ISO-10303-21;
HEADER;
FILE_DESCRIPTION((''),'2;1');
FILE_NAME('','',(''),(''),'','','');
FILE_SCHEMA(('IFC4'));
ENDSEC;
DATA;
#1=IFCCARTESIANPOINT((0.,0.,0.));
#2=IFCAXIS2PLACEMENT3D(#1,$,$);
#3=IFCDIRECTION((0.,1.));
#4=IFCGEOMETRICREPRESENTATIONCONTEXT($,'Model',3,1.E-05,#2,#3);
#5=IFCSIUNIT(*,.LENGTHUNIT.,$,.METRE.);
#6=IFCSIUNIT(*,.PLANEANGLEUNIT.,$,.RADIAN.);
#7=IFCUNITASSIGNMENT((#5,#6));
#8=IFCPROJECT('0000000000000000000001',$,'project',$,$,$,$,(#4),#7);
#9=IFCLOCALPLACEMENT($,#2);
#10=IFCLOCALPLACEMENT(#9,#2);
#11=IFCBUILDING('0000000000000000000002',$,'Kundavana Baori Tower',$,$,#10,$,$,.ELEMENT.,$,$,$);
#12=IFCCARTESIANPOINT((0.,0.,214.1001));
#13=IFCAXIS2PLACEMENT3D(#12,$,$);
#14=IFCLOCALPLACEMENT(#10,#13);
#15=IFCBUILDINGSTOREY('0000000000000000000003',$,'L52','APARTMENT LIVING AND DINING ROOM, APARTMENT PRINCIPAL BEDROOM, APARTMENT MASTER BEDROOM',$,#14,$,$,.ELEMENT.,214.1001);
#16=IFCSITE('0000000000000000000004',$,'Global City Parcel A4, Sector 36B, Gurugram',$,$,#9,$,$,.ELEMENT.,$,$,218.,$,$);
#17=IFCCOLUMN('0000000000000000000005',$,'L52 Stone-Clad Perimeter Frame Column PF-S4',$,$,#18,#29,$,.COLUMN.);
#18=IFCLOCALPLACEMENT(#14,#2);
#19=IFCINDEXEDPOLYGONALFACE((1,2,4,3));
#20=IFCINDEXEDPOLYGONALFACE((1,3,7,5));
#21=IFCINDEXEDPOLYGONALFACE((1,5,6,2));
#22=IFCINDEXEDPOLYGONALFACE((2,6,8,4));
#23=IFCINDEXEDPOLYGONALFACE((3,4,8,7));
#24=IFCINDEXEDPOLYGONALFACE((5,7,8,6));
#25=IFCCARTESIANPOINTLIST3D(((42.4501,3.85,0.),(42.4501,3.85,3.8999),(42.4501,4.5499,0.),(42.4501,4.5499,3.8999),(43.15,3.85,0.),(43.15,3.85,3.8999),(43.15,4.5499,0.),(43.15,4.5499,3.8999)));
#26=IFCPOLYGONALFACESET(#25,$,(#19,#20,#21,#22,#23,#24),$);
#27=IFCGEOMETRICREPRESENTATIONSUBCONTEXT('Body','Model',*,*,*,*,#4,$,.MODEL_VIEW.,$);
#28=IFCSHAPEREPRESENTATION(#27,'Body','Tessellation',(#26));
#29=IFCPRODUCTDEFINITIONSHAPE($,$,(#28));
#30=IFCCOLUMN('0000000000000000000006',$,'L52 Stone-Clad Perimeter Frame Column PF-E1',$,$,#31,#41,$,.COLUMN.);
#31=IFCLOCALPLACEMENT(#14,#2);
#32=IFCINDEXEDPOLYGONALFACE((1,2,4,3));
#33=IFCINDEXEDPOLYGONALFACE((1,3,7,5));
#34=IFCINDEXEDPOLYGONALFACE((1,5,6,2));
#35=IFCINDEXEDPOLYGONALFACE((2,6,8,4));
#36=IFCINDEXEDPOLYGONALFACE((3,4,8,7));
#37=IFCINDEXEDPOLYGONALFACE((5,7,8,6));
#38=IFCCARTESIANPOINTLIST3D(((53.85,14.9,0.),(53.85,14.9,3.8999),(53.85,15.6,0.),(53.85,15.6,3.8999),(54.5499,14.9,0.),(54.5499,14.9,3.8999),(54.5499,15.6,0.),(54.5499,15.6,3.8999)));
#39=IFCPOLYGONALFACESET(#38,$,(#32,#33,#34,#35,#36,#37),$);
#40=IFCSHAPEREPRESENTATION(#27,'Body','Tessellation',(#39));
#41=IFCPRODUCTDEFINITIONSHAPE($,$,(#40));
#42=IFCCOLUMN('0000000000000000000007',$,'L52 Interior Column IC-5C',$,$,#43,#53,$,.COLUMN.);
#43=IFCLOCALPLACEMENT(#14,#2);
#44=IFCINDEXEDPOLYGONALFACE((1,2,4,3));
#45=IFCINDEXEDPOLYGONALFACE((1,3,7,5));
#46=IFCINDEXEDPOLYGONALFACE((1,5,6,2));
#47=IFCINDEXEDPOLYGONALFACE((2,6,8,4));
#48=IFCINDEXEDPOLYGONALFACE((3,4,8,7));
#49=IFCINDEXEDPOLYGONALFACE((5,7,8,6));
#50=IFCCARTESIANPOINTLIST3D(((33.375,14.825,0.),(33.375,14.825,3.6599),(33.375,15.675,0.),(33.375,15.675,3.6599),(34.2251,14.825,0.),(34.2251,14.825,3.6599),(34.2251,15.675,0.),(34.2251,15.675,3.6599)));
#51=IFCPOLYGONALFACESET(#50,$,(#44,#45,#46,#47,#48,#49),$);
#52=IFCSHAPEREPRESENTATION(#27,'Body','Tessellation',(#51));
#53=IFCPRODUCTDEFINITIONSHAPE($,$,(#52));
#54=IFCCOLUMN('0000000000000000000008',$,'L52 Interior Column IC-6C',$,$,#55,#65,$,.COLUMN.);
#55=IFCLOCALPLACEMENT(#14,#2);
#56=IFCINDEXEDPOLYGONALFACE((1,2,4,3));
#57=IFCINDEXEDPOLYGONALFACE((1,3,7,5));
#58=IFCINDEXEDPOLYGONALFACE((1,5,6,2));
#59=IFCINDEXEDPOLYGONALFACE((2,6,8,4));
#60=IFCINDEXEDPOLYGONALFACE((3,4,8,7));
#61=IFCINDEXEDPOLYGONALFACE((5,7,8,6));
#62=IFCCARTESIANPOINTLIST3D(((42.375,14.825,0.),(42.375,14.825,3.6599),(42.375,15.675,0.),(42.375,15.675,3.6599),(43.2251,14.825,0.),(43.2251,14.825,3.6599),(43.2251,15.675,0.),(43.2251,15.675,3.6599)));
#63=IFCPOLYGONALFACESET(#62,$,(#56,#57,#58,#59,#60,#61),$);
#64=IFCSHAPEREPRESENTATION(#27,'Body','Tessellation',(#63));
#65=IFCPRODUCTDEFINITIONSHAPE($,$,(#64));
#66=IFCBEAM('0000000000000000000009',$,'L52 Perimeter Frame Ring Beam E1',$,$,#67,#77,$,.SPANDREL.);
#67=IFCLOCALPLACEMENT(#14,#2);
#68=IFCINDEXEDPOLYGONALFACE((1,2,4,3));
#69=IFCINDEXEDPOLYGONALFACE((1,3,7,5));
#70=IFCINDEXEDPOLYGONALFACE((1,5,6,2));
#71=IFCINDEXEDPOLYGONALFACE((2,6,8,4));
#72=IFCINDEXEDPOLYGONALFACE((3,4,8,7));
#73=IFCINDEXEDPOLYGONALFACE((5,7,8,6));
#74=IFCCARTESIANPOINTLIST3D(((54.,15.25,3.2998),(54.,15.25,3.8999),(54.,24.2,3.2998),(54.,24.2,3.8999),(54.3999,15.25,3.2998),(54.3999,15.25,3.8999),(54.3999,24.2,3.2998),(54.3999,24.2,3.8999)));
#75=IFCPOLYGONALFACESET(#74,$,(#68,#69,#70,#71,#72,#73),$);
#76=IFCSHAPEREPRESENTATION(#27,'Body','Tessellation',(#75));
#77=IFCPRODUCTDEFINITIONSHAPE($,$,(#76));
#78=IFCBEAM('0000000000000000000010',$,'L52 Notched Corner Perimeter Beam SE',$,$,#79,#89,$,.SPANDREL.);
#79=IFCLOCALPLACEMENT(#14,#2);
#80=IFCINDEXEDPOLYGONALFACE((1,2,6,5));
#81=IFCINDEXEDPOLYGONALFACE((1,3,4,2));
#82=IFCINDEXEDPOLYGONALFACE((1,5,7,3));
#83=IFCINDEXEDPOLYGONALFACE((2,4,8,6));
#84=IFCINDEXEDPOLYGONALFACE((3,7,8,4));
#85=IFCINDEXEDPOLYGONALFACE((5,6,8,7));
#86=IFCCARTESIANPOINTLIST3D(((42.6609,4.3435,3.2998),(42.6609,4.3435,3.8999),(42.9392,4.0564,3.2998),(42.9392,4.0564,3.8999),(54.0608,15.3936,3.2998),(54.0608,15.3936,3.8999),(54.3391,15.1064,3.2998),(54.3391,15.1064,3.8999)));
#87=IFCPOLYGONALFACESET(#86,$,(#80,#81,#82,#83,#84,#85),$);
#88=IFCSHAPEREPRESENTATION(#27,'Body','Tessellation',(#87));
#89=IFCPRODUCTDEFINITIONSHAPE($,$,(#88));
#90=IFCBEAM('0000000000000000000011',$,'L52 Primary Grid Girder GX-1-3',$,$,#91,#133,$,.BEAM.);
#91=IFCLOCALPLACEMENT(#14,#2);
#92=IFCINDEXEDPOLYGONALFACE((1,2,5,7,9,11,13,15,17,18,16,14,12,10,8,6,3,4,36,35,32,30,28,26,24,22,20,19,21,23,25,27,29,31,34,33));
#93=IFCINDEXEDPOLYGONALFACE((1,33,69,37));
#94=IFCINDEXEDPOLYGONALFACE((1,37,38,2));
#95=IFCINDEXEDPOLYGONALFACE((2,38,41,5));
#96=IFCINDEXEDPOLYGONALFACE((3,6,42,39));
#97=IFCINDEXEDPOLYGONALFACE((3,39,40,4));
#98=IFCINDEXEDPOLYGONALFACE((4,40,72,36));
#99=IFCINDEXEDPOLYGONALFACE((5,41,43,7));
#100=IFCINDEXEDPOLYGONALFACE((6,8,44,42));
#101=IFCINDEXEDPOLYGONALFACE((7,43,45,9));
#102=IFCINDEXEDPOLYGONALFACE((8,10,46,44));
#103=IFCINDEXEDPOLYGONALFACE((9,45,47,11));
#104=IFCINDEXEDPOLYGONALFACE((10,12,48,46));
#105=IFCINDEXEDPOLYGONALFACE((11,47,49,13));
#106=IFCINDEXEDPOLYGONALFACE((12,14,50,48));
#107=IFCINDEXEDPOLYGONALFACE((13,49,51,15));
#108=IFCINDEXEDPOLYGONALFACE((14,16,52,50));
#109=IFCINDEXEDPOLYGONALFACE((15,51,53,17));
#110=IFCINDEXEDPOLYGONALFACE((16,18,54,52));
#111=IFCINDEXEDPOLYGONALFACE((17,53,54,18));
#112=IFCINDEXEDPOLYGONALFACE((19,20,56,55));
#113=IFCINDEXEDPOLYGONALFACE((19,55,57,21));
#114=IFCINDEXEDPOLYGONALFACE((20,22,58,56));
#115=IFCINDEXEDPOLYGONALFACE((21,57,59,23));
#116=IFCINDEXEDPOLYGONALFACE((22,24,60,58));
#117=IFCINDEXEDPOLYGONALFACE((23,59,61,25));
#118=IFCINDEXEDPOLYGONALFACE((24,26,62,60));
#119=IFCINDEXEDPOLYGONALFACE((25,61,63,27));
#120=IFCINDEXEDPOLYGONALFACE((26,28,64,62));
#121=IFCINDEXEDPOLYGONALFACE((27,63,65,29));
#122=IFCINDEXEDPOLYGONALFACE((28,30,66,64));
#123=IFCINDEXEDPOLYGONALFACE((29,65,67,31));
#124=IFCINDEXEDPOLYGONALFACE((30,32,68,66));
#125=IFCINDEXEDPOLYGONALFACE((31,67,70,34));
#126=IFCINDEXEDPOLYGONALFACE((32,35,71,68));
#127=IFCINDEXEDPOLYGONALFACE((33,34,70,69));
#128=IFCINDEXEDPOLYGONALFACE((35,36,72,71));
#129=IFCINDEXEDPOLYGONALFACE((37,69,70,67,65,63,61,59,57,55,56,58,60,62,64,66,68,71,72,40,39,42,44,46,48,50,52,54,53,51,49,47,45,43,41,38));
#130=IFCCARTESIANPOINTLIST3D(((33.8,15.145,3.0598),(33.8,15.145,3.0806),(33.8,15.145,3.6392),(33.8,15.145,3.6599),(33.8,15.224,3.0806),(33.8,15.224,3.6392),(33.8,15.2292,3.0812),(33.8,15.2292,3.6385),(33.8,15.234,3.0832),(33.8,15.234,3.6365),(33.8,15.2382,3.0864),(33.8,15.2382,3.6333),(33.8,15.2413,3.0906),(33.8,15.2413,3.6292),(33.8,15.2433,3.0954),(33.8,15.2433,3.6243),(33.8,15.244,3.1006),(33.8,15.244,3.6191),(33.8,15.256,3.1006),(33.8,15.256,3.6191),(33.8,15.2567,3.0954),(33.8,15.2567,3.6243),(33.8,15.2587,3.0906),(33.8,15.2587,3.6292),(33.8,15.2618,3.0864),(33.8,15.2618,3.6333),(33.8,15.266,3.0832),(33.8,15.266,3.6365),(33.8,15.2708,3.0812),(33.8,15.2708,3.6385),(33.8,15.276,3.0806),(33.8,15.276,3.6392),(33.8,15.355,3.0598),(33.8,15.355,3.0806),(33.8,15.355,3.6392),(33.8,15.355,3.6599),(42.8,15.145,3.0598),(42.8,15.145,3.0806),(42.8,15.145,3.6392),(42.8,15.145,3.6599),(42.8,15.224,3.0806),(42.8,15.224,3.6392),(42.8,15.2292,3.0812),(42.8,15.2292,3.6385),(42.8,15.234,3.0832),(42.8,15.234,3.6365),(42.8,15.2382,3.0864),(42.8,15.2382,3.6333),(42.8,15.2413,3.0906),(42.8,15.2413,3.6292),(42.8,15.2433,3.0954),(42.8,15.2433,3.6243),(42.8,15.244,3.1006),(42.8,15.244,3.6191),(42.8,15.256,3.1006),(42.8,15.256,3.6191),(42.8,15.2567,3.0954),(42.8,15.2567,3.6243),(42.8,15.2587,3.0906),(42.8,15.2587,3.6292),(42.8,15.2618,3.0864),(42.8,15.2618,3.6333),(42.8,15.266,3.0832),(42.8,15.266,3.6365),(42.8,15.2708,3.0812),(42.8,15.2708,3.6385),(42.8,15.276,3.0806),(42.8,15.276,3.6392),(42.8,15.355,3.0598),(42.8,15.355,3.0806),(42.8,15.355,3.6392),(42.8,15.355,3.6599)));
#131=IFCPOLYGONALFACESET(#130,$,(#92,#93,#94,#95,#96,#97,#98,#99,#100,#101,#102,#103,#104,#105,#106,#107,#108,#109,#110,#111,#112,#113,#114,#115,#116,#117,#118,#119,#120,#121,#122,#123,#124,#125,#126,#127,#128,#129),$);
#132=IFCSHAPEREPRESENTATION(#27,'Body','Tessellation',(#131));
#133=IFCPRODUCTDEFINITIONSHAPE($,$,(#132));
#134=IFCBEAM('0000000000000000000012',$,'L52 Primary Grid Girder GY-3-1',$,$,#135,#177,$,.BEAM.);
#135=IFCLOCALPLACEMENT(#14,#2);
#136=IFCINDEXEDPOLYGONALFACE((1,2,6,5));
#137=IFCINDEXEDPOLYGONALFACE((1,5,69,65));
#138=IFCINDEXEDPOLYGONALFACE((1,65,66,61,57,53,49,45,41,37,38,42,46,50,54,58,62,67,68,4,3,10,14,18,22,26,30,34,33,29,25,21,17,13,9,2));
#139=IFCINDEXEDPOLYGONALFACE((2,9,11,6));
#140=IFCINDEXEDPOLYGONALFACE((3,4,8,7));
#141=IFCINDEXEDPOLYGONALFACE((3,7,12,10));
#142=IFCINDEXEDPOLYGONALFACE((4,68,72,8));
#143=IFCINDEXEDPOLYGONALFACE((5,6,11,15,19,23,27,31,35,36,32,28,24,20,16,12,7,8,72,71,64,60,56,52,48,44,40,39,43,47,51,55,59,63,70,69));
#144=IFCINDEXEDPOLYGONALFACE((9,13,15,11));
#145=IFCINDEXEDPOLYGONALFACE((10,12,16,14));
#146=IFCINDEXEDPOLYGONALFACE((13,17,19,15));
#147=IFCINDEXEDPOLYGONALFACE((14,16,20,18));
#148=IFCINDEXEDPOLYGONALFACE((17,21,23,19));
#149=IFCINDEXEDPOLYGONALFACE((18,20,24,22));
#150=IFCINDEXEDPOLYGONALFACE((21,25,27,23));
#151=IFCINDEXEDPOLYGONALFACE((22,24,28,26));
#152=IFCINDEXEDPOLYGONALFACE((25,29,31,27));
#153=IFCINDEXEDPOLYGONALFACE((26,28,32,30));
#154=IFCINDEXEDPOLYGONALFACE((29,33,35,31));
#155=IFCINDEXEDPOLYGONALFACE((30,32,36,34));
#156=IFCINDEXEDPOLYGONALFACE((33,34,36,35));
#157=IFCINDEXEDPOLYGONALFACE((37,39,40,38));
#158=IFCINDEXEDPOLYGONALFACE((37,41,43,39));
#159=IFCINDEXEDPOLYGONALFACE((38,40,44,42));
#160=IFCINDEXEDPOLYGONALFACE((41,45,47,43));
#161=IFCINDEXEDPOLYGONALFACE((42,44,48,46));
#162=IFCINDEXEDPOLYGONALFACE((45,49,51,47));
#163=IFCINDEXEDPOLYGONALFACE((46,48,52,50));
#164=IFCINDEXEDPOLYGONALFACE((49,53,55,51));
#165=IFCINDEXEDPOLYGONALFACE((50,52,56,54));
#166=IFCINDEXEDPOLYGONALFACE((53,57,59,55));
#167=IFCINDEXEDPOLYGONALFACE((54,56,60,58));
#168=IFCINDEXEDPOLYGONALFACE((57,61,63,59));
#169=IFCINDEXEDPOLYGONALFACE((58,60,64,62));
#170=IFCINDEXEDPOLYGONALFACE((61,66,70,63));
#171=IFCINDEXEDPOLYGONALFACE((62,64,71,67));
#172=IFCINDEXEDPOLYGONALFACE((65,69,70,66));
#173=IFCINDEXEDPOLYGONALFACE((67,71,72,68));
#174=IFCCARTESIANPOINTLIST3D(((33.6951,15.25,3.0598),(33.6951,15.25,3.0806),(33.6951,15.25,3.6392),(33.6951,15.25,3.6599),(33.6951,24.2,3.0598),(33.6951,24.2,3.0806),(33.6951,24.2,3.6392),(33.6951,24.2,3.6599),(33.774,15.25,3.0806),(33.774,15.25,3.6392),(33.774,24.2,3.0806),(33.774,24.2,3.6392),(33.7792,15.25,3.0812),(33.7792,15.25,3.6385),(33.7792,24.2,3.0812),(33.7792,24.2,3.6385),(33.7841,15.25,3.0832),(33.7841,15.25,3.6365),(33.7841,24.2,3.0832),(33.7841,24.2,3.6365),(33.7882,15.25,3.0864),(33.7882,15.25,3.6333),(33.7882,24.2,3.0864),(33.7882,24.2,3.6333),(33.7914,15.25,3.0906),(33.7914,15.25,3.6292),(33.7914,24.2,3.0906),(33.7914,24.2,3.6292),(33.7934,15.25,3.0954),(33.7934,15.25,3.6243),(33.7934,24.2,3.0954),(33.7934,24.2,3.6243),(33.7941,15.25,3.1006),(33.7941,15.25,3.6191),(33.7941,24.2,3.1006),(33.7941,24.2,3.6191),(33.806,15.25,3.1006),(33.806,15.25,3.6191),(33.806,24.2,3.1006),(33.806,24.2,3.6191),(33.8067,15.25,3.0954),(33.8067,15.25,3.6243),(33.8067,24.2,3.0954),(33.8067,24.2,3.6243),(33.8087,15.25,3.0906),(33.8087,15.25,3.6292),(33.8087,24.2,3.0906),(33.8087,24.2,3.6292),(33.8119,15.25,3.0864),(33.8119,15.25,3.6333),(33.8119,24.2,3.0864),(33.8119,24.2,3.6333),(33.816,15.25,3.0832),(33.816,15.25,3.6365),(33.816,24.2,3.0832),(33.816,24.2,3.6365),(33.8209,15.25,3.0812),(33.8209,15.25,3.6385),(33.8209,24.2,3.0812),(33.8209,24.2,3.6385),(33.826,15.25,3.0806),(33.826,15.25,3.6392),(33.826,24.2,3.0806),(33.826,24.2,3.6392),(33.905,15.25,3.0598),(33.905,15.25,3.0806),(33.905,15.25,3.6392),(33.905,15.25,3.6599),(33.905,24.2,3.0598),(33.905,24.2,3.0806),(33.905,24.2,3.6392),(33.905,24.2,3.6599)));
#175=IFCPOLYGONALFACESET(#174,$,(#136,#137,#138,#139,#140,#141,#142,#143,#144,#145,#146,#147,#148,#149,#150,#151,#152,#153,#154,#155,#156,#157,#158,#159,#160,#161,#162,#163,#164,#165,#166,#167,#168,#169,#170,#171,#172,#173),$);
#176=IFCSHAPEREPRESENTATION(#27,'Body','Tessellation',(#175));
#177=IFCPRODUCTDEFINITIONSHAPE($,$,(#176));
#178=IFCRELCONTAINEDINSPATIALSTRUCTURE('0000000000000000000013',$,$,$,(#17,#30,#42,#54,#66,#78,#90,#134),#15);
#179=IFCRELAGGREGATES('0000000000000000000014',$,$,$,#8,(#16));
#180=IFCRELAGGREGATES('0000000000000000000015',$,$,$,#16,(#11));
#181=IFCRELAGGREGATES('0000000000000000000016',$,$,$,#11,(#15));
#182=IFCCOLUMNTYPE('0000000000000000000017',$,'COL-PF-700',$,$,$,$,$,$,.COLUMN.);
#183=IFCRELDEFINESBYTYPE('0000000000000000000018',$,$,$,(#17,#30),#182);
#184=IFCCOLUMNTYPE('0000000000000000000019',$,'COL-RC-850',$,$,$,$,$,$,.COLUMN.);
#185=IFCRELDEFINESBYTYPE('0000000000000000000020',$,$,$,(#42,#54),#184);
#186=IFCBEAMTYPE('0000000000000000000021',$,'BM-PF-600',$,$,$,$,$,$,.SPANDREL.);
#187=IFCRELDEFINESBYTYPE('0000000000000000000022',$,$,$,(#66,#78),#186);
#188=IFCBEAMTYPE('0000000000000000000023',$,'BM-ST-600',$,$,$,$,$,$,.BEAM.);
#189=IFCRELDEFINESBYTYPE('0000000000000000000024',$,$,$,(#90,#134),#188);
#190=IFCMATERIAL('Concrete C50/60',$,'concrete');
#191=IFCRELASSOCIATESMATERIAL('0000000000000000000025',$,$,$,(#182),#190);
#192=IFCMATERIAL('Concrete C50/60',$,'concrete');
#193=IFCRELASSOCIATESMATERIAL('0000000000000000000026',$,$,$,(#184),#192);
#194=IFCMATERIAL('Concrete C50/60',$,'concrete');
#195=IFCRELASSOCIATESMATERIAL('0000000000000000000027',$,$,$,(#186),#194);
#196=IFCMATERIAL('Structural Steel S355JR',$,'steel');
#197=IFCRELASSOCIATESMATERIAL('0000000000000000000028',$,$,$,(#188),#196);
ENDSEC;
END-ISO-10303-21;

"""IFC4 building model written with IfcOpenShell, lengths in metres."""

from ifc_helpers import new_model, si_unit, direction, frame, origin, origin_2d, place, context, subcontext, project, spatial, rectangle, i_section, extrude, material, material_profile, profile_set, type_object, element, save


model = new_model("IFC4")

# Units and contexts
model_context = context("Model", 3, precision=1e-05, world=origin(), true_north=direction((0.0, 1.0)))
body_context = subcontext(model_context, "Body", "Model", "MODEL_VIEW")
ifc_project = project(units=[si_unit("LENGTHUNIT", "METRE"), si_unit("PLANEANGLEUNIT", "RADIAN")], contexts=[model_context])

# Site, building, storey
site_placement = place(None, origin())
site = spatial("IfcSite", under=ifc_project, at=site_placement, Name="Global City Parcel A4, Sector 36B, Gurugram", CompositionType="ELEMENT", RefElevation=218.0)
building_placement = place(site_placement, origin())
building = spatial("IfcBuilding", under=site, at=building_placement, Name="Kundavana Baori Tower", CompositionType="ELEMENT")
storey_placement = place(building_placement, frame((0.0, 0.0, 214.1001)))
storey = spatial("IfcBuildingStorey", under=building, at=storey_placement, Name="L52", Description="APARTMENT LIVING AND DINING ROOM, APARTMENT PRINCIPAL BEDROOM, APARTMENT MASTER BEDROOM", CompositionType="ELEMENT", Elevation=214.1001)

# Columns
ifc_material_1 = material(Name="Concrete C50/60", Category="concrete")
ifc_material_profile_1 = material_profile(ifc_material_1, rectangle(XDim=0.7, YDim=0.7, at=origin_2d()), Name="RC PF 700x700")
ifc_profile_set_1 = profile_set([ifc_material_profile_1], Name="Concrete C50/60")
column_type_1 = type_object("IfcColumnType", Name="COL-PF-700", PredefinedType="COLUMN", material=ifc_profile_set_1)
for number, where, z_axis, x_axis, name in (
    (1, (42.8, 4.2, 0.0), (0.0, 0.0, 1.0), (1.0, 0.0, 0.0), "L52 Stone-Clad Perimeter Frame Column PF-S4"),
    (2, (54.2, 15.25, 0.0), (0.0, 0.0, 1.0), (1.0, 0.0, 0.0), "L52 Stone-Clad Perimeter Frame Column PF-E1"),
):
    element("IfcColumn", number, at=place(storey_placement, frame(where, z_axis=z_axis, x_axis=x_axis)), inside=storey, type_object=column_type_1, Name=name, PredefinedType="COLUMN", context=body_context, shape_type="SweptSolid", body=[
        extrude(rectangle(XDim=0.7, YDim=0.7, at=origin_2d()), origin(), (0.0, 0.0, 1.0), 3.8999),
    ])
ifc_material_2 = material(Name="Concrete C50/60", Category="concrete")
ifc_material_profile_2 = material_profile(ifc_material_2, rectangle(XDim=0.8501, YDim=0.8501, at=origin_2d()), Name="RC 850x850")
ifc_profile_set_2 = profile_set([ifc_material_profile_2], Name="Concrete C50/60")
column_type_2 = type_object("IfcColumnType", Name="COL-RC-850", PredefinedType="COLUMN", material=ifc_profile_set_2)
for number, where, z_axis, x_axis, name in (
    (3, (33.8, 15.25, 0.0), (0.0, 0.0, 1.0), (1.0, 0.0, 0.0), "L52 Interior Column IC-5C"),
    (4, (42.8, 15.25, 0.0), (0.0, 0.0, 1.0), (1.0, 0.0, 0.0), "L52 Interior Column IC-6C"),
):
    element("IfcColumn", number, at=place(storey_placement, frame(where, z_axis=z_axis, x_axis=x_axis)), inside=storey, type_object=column_type_2, Name=name, PredefinedType="COLUMN", context=body_context, shape_type="SweptSolid", body=[
        extrude(rectangle(XDim=0.8501, YDim=0.8501, at=origin_2d()), origin(), (0.0, 0.0, 1.0), 3.6599),
    ])

# Beams
ifc_material_3 = material(Name="Concrete C50/60", Category="concrete")
ifc_material_profile_3 = material_profile(ifc_material_3, rectangle(XDim=0.3999, YDim=0.6001, at=origin_2d()), Name="RC BM 400x600")
ifc_profile_set_3 = profile_set([ifc_material_profile_3], Name="Concrete C50/60")
beam_type_1 = type_object("IfcBeamType", Name="BM-PF-600", PredefinedType="SPANDREL", material=ifc_profile_set_3)
beam_1_placement = place(storey_placement, frame((54.2, 15.25, 3.5999), z_axis=(0.0, 1.0, 0.0), x_axis=(-1.0, 0.0, 0.0)))
element("IfcBeam", 5, at=beam_1_placement, inside=storey, type_object=beam_type_1, Name="L52 Perimeter Frame Ring Beam E1", PredefinedType="SPANDREL", context=body_context, shape_type="SweptSolid", body=[
    extrude(rectangle(XDim=0.3999, YDim=0.6001, at=origin_2d()), origin(), (0.0, 0.0, 1.0), 8.95),
])
beam_2_placement = place(storey_placement, frame((42.8, 4.2, 3.5999), z_axis=(0.718039, 0.696003, 0.0), x_axis=(-0.696003, 0.718039, 0.0)))
element("IfcBeam", 6, at=beam_2_placement, inside=storey, type_object=beam_type_1, Name="L52 Notched Corner Perimeter Beam SE", PredefinedType="SPANDREL", context=body_context, shape_type="SweptSolid", body=[
    extrude(rectangle(XDim=0.3999, YDim=0.6001, at=origin_2d()), origin(), (0.0, 0.0, 1.0), 15.8765),
])
ifc_material_4 = material(Name="Structural Steel S355JR", Category="steel")
ifc_material_profile_4 = material_profile(ifc_material_4, i_section(OverallWidth=0.21, OverallDepth=0.6001, WebThickness=0.012, FlangeThickness=0.0208, FilletRadius=0.02, at=origin_2d()), Name="ISMB 600")
ifc_profile_set_4 = profile_set([ifc_material_profile_4], Name="Structural Steel S355JR")
beam_type_2 = type_object("IfcBeamType", Name="BM-ST-600", PredefinedType="BEAM", material=ifc_profile_set_4)
beam_3_placement = place(storey_placement, frame((33.8, 15.25, 3.3599), z_axis=(1.0, 0.0, 0.0), x_axis=(0.0, 1.0, 0.0)))
element("IfcBeam", 7, at=beam_3_placement, inside=storey, type_object=beam_type_2, Name="L52 Primary Grid Girder GX-1-3", PredefinedType="BEAM", context=body_context, shape_type="SweptSolid", body=[
    extrude(i_section(OverallWidth=0.21, OverallDepth=0.6001, WebThickness=0.012, FlangeThickness=0.0208, FilletRadius=0.02, at=origin_2d()), origin(), (0.0, 0.0, 1.0), 9.0),
])
for number, where, z_axis, x_axis, name in (
    (8, (33.8, 15.25, 3.3599), (0.0, 1.0, 0.0), (-1.0, 0.0, 0.0), "L52 Primary Grid Girder GY-3-1"),
):
    element("IfcBeam", number, at=place(storey_placement, frame(where, z_axis=z_axis, x_axis=x_axis)), inside=storey, type_object=beam_type_2, Name=name, PredefinedType="BEAM", context=body_context, shape_type="SweptSolid", body=[
        extrude(i_section(OverallWidth=0.21, OverallDepth=0.6001, WebThickness=0.012, FlangeThickness=0.0208, FilletRadius=0.02, at=origin_2d()), origin(), (0.0, 0.0, 1.0), 8.95),
    ])

save(model, "model.ifc")
